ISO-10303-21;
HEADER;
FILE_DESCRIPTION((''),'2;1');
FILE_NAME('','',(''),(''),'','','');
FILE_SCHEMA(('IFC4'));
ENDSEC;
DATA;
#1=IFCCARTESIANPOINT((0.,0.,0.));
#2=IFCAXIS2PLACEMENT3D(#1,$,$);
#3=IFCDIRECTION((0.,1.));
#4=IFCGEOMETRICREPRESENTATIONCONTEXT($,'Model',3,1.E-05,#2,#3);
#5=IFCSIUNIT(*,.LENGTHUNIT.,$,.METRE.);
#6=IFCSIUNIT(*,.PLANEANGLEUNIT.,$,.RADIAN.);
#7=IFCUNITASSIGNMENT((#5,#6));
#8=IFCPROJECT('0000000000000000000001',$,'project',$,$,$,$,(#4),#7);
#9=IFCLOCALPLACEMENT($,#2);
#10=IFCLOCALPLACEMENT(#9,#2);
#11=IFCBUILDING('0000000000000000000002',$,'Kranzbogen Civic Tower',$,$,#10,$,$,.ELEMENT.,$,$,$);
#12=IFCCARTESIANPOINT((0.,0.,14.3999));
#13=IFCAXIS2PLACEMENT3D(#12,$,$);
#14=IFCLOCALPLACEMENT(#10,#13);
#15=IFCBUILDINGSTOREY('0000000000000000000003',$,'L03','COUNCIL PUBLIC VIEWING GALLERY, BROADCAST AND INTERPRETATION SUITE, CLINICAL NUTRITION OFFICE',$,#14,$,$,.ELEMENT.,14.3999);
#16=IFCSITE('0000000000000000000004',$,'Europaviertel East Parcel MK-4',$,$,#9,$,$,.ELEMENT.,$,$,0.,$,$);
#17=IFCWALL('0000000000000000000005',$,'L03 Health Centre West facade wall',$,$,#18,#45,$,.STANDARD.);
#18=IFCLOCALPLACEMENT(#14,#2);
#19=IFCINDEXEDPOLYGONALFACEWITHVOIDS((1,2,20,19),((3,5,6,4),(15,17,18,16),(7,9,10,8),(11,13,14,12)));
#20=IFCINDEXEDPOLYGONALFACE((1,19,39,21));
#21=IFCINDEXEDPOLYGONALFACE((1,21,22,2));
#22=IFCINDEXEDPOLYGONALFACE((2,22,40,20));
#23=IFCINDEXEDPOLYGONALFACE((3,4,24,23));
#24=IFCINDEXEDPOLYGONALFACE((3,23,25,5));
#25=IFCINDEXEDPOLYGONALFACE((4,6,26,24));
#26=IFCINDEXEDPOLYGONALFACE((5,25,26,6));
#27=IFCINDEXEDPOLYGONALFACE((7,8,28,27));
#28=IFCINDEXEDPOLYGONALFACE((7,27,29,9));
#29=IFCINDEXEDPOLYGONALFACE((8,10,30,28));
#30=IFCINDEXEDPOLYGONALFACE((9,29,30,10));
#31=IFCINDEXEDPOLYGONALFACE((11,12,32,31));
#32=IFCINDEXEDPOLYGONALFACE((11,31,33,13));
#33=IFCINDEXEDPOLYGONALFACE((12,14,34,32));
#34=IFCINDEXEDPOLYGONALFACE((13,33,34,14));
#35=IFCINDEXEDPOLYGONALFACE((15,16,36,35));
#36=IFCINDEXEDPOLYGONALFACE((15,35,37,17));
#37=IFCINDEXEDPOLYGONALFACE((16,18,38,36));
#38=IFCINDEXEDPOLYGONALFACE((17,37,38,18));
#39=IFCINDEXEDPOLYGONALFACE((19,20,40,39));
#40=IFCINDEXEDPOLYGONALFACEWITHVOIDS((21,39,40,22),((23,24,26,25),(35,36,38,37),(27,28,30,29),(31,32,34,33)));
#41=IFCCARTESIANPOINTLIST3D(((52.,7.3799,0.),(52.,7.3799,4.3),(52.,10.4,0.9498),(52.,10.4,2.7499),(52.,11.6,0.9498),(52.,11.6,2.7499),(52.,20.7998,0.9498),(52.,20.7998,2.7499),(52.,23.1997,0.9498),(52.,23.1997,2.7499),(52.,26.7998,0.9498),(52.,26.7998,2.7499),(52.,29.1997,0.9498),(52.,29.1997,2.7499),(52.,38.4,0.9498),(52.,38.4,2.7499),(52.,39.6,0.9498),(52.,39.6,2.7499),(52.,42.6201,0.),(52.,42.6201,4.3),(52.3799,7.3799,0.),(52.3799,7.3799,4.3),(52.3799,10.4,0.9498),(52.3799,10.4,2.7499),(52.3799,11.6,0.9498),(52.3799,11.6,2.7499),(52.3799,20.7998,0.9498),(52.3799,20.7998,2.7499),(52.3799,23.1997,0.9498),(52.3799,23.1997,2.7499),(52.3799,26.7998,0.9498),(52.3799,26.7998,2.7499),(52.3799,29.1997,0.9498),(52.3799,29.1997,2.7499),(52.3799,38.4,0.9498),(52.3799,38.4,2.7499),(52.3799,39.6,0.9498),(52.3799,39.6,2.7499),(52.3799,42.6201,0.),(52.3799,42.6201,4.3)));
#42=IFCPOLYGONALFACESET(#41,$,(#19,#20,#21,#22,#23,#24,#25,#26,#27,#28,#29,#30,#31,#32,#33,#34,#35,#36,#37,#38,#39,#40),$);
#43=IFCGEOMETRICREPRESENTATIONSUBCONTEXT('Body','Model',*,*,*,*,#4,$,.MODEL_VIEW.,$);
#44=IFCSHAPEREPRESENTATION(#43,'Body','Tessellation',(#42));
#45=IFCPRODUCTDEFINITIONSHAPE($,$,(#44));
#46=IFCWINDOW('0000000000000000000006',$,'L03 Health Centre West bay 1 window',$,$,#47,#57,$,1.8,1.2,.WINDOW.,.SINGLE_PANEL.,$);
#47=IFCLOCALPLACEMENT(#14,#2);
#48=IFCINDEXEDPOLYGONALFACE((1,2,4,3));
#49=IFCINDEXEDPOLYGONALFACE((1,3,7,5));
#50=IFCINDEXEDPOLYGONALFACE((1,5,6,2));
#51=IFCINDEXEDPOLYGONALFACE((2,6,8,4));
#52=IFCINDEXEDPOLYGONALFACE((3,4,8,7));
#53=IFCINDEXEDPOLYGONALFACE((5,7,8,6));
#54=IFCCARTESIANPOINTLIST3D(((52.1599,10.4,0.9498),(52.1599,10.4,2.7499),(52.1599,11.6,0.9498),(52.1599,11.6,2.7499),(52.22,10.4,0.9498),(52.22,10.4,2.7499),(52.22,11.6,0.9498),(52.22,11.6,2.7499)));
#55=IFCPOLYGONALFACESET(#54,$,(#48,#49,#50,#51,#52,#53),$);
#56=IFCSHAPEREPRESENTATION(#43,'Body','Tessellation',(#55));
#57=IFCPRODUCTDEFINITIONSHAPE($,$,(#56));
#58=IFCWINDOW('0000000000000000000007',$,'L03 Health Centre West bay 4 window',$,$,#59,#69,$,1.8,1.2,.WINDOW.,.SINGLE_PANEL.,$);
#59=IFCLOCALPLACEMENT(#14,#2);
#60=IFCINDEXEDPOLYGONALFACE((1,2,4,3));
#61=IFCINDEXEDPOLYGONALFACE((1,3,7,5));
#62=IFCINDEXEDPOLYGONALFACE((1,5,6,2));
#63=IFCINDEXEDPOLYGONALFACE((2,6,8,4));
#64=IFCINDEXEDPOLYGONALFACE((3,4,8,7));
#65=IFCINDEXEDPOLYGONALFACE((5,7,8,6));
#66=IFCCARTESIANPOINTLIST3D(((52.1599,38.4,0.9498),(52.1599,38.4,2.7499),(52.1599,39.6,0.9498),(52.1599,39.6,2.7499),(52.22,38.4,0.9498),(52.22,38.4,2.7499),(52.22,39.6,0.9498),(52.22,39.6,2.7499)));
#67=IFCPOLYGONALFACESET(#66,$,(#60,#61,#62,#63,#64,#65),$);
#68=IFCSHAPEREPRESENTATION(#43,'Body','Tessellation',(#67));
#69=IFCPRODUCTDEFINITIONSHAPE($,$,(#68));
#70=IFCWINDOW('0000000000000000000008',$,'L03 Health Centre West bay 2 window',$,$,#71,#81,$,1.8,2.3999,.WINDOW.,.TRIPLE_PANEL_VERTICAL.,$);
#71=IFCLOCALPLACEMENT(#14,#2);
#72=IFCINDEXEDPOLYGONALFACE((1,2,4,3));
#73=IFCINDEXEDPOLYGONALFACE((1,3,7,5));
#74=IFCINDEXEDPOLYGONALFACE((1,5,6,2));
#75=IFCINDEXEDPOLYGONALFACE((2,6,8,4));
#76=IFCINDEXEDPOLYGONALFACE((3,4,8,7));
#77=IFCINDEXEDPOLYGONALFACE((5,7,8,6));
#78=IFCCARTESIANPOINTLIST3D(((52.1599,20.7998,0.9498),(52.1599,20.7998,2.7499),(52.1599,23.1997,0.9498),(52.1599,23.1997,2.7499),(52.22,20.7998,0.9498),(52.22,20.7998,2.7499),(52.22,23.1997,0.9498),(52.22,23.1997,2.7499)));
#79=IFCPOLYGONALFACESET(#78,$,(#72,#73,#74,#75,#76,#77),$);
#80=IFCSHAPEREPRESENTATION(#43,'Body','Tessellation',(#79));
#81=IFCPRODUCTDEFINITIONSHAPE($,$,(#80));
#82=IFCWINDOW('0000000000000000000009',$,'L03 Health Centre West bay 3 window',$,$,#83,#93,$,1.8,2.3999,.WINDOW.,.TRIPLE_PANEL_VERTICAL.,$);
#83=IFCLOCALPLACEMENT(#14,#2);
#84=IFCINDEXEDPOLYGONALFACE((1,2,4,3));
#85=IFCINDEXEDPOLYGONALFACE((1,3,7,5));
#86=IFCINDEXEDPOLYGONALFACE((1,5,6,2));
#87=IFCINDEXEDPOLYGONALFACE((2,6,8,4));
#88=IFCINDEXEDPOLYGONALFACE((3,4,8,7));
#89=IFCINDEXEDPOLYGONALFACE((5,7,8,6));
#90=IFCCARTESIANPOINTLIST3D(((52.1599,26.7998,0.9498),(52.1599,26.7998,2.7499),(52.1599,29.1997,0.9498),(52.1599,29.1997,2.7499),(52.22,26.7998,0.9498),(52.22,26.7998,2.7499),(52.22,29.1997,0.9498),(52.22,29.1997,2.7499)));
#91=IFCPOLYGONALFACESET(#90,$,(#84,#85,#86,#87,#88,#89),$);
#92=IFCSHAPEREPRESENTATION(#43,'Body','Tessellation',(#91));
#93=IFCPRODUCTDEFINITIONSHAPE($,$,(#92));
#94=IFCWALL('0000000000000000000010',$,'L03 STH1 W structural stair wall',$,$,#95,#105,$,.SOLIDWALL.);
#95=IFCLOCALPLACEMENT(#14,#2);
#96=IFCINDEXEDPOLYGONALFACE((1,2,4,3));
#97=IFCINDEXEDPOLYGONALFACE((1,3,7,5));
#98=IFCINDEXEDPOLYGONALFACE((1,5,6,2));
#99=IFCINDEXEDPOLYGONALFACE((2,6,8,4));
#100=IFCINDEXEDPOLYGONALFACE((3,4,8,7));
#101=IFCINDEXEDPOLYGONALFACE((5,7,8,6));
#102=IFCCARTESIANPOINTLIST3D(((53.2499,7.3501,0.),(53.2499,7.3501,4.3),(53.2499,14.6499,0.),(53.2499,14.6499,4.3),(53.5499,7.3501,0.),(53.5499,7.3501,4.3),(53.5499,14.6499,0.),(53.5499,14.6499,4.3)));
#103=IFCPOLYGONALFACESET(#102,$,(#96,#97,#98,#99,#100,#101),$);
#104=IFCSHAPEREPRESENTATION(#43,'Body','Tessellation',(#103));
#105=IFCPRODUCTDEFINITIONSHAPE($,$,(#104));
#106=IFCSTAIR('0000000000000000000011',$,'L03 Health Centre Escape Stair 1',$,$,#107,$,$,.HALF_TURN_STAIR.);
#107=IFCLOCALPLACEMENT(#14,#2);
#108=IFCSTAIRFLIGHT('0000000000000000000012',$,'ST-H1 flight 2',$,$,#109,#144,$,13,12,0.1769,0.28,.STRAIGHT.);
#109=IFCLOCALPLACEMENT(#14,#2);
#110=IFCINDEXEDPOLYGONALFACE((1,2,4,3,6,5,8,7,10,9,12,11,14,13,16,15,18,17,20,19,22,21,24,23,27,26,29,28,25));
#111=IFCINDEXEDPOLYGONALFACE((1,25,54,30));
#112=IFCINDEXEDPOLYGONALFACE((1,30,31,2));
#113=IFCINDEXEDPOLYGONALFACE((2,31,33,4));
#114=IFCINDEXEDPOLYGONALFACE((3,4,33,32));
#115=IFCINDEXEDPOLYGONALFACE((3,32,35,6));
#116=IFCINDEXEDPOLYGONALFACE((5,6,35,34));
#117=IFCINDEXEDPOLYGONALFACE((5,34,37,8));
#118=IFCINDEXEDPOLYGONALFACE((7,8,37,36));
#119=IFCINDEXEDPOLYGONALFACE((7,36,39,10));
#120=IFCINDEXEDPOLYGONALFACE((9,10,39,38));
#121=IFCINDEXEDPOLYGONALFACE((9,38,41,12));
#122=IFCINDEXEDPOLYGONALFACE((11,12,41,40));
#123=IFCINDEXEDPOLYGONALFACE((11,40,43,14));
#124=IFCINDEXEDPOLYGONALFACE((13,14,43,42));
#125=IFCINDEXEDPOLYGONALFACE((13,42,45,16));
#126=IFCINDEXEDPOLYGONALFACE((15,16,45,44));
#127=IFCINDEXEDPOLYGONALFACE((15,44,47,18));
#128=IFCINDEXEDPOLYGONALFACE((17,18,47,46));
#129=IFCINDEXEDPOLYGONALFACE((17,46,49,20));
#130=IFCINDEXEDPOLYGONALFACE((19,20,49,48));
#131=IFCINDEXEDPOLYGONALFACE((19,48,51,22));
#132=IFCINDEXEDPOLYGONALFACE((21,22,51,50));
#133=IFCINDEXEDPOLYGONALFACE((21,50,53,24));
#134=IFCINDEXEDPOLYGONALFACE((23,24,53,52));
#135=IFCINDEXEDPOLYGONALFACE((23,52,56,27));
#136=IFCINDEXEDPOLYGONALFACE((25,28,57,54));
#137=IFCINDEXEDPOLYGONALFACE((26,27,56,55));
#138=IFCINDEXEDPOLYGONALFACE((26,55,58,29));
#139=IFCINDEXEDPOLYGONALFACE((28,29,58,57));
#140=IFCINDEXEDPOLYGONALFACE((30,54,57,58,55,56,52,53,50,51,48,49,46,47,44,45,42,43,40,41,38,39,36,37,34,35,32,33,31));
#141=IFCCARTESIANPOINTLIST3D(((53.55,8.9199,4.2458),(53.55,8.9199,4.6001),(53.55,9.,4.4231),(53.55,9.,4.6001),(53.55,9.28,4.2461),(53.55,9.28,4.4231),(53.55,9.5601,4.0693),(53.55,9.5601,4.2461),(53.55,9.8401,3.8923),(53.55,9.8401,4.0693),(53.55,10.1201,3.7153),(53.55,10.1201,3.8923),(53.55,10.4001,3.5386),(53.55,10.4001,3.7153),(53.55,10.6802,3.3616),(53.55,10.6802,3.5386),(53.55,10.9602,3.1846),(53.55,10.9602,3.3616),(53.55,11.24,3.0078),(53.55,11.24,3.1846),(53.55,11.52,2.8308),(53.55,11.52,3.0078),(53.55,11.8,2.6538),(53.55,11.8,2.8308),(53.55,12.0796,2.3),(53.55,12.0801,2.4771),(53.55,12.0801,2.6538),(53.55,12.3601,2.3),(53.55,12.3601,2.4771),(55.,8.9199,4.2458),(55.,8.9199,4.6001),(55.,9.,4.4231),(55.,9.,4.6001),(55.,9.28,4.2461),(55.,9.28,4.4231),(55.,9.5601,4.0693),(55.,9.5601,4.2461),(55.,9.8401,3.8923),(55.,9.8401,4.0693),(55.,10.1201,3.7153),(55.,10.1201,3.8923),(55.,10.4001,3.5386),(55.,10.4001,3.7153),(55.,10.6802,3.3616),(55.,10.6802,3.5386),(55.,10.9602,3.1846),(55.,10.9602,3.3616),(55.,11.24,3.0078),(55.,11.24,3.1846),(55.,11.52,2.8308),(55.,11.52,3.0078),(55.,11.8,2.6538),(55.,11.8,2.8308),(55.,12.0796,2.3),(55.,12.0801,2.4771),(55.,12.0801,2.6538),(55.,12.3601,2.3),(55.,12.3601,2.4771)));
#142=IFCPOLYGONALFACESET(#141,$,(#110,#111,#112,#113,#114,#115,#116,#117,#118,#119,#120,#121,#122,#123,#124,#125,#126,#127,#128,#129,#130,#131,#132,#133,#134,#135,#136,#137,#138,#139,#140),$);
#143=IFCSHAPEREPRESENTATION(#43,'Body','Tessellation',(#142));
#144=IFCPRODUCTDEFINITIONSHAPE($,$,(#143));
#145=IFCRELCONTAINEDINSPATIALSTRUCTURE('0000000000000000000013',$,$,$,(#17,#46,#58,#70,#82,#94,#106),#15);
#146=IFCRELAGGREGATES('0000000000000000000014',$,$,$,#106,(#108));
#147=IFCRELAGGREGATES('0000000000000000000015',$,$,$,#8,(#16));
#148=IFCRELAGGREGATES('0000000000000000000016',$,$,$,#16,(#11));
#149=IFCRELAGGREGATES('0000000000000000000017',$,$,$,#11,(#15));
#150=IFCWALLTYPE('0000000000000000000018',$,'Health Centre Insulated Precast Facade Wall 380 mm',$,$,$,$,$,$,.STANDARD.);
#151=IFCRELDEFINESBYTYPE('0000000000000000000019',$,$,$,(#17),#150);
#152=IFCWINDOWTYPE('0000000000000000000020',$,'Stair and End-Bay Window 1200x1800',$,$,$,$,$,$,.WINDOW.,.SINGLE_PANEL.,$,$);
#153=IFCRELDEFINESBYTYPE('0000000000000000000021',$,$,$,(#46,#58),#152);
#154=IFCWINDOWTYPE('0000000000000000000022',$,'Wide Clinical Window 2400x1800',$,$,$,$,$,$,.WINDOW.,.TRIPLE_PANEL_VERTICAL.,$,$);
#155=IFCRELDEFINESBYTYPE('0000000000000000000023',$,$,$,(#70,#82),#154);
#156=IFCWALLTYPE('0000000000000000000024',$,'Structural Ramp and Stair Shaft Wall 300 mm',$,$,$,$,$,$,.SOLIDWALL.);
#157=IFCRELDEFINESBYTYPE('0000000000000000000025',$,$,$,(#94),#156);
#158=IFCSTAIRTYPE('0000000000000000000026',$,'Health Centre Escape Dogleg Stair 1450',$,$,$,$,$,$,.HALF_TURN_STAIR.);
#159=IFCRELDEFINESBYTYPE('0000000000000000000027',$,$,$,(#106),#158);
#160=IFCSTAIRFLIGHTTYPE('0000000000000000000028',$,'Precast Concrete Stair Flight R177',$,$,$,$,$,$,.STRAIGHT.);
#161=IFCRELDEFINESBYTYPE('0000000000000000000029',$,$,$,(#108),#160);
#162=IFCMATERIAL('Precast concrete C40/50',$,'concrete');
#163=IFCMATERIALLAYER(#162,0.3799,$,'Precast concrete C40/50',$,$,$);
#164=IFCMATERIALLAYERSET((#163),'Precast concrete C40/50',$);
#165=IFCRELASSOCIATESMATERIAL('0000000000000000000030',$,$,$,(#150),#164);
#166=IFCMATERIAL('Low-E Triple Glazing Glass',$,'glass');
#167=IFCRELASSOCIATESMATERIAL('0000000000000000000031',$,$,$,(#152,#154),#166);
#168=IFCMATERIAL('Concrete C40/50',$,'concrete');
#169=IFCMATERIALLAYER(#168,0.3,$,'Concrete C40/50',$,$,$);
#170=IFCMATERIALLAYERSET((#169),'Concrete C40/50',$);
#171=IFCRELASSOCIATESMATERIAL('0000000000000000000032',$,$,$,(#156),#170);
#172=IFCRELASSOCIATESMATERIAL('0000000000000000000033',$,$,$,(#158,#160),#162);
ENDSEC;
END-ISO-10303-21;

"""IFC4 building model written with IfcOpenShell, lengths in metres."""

from ifc_helpers import new_model, si_unit, direction, frame, frame_2d, origin, place, context, subcontext, project, spatial, polyline, rectangle, outline, extrude, material, layer, layer_set, type_object, element, fill, aggregate, save


model = new_model("IFC4")

# Units and contexts
model_context = context("Model", 3, precision=1e-05, world=origin(), true_north=direction((0.0, 1.0)))
body_context = subcontext(model_context, "Body", "Model", "MODEL_VIEW")
ifc_project = project(units=[si_unit("LENGTHUNIT", "METRE"), si_unit("PLANEANGLEUNIT", "RADIAN")], contexts=[model_context])

# Site, building, storey
site_placement = place(None, origin())
site = spatial("IfcSite", under=ifc_project, at=site_placement, Name="Europaviertel East Parcel MK-4", CompositionType="ELEMENT", RefElevation=0.0)
building_placement = place(site_placement, origin())
building = spatial("IfcBuilding", under=site, at=building_placement, Name="Kranzbogen Civic Tower", CompositionType="ELEMENT")
storey_placement = place(building_placement, frame((0.0, 0.0, 14.3999)))
storey = spatial("IfcBuildingStorey", under=building, at=storey_placement, Name="L03", Description="COUNCIL PUBLIC VIEWING GALLERY, BROADCAST AND INTERPRETATION SUITE, CLINICAL NUTRITION OFFICE", CompositionType="ELEMENT", Elevation=14.3999)

# Shared definitions
ifc_material_1 = material(Name="Concrete C40/50", Category="concrete")

# Shared definitions
ifc_material_2 = material(Name="Low-E Triple Glazing Glass", Category="glass")

# Wall, openings, windows
ifc_material_3 = material(Name="Precast concrete C40/50", Category="concrete")
ifc_layer_1 = layer(ifc_material_3, 0.3799, Name="Precast concrete C40/50")
ifc_layer_set_1 = layer_set([ifc_layer_1], Name="Precast concrete C40/50")
wall_type_1 = type_object("IfcWallType", Name="Health Centre Insulated Precast Facade Wall 380 mm", PredefinedType="STANDARD", material=ifc_layer_set_1)
wall_1_placement = place(storey_placement, frame((52.1899, 7.3799, 0.0), z_axis=(0.0, 0.0, 1.0), x_axis=(0.0, 1.0, 0.0)))
wall_1 = element("IfcWall", 1, at=wall_1_placement, inside=storey, type_object=wall_type_1, Name="L03 Health Centre West facade wall", PredefinedType="STANDARD", context=body_context, shape_type="SweptSolid", body=[
    extrude(rectangle(XDim=35.2402, YDim=0.3799, at=frame_2d((17.6201, 0.0))), origin(), (0.0, 0.0, 1.0), 4.3),
])
opening_1_placement = place(wall_1_placement, frame((3.02, 0.0, 0.95)))
opening_1 = element("IfcOpeningElement", 2, at=opening_1_placement, cuts=wall_1, PredefinedType="OPENING", context=body_context, shape_type="SweptSolid", body=[
    extrude(rectangle(XDim=1.2, YDim=1.8, at=frame_2d((0.6001, 0.8999))), frame((0.0, 0.2, 0.0), z_axis=(0.0, -1.0, 0.0), x_axis=(1.0, 0.0, 0.0)), (0.0, 0.0, 1.0), 0.3999),
])
opening_2_placement = place(wall_1_placement, frame((13.4199, 0.0, 0.95)))
opening_2 = element("IfcOpeningElement", 3, at=opening_2_placement, cuts=wall_1, PredefinedType="OPENING", context=body_context, shape_type="SweptSolid", body=[
    extrude(rectangle(XDim=2.3999, YDim=1.8, at=frame_2d((1.2, 0.8999))), frame((0.0, 0.2, 0.0), z_axis=(0.0, -1.0, 0.0), x_axis=(1.0, 0.0, 0.0)), (0.0, 0.0, 1.0), 0.3999),
])
opening_3_placement = place(wall_1_placement, frame((19.4199, 0.0, 0.95)))
opening_3 = element("IfcOpeningElement", 4, at=opening_3_placement, cuts=wall_1, PredefinedType="OPENING", context=body_context, shape_type="SweptSolid", body=[
    extrude(rectangle(XDim=2.3999, YDim=1.8, at=frame_2d((1.2, 0.8999))), frame((0.0, 0.2, 0.0), z_axis=(0.0, -1.0, 0.0), x_axis=(1.0, 0.0, 0.0)), (0.0, 0.0, 1.0), 0.3999),
])
opening_4_placement = place(wall_1_placement, frame((31.02, 0.0, 0.95)))
opening_4 = element("IfcOpeningElement", 5, at=opening_4_placement, cuts=wall_1, PredefinedType="OPENING", context=body_context, shape_type="SweptSolid", body=[
    extrude(rectangle(XDim=1.2, YDim=1.8, at=frame_2d((0.6001, 0.8999))), frame((0.0, 0.2, 0.0), z_axis=(0.0, -1.0, 0.0), x_axis=(1.0, 0.0, 0.0)), (0.0, 0.0, 1.0), 0.3999),
])
window_type_1 = type_object("IfcWindowType", Name="Stair and End-Bay Window 1200x1800", PartitioningType="SINGLE_PANEL", PredefinedType="WINDOW", material=ifc_material_2)
window_1_placement = place(opening_1_placement, origin())
window_1 = element("IfcWindow", 6, at=window_1_placement, inside=storey, type_object=window_type_1, Name="L03 Health Centre West bay 1 window", OverallHeight=1.8, OverallWidth=1.2, PartitioningType="SINGLE_PANEL", PredefinedType="WINDOW", context=body_context, shape_type="SweptSolid", body=[
    extrude(rectangle(XDim=1.2, YDim=1.8, at=frame_2d((0.6001, 0.8999))), frame((0.0, 0.03, 0.0), z_axis=(0.0, -1.0, 0.0), x_axis=(1.0, 0.0, 0.0)), (0.0, 0.0, 1.0), 0.0601),
])
fill(opening_1, window_1)
window_2_placement = place(opening_4_placement, origin())
window_2 = element("IfcWindow", 7, at=window_2_placement, inside=storey, type_object=window_type_1, Name="L03 Health Centre West bay 4 window", OverallHeight=1.8, OverallWidth=1.2, PartitioningType="SINGLE_PANEL", PredefinedType="WINDOW", context=body_context, shape_type="SweptSolid", body=[
    extrude(rectangle(XDim=1.2, YDim=1.8, at=frame_2d((0.6001, 0.8999))), frame((0.0, 0.03, 0.0), z_axis=(0.0, -1.0, 0.0), x_axis=(1.0, 0.0, 0.0)), (0.0, 0.0, 1.0), 0.0601),
])
fill(opening_4, window_2)
window_type_2 = type_object("IfcWindowType", Name="Wide Clinical Window 2400x1800", PartitioningType="TRIPLE_PANEL_VERTICAL", PredefinedType="WINDOW", material=ifc_material_2)
window_3_placement = place(opening_2_placement, origin())
window_3 = element("IfcWindow", 8, at=window_3_placement, inside=storey, type_object=window_type_2, Name="L03 Health Centre West bay 2 window", OverallHeight=1.8, OverallWidth=2.3999, PartitioningType="TRIPLE_PANEL_VERTICAL", PredefinedType="WINDOW", context=body_context, shape_type="SweptSolid", body=[
    extrude(rectangle(XDim=2.3999, YDim=1.8, at=frame_2d((1.2, 0.8999))), frame((0.0, 0.03, 0.0), z_axis=(0.0, -1.0, 0.0), x_axis=(1.0, 0.0, 0.0)), (0.0, 0.0, 1.0), 0.0601),
])
fill(opening_2, window_3)
window_4_placement = place(opening_3_placement, origin())
window_4 = element("IfcWindow", 9, at=window_4_placement, inside=storey, type_object=window_type_2, Name="L03 Health Centre West bay 3 window", OverallHeight=1.8, OverallWidth=2.3999, PartitioningType="TRIPLE_PANEL_VERTICAL", PredefinedType="WINDOW", context=body_context, shape_type="SweptSolid", body=[
    extrude(rectangle(XDim=2.3999, YDim=1.8, at=frame_2d((1.2, 0.8999))), frame((0.0, 0.03, 0.0), z_axis=(0.0, -1.0, 0.0), x_axis=(1.0, 0.0, 0.0)), (0.0, 0.0, 1.0), 0.0601),
])
fill(opening_3, window_4)

# Wall
ifc_layer_2 = layer(ifc_material_1, 0.3, Name="Concrete C40/50")
ifc_layer_set_2 = layer_set([ifc_layer_2], Name="Concrete C40/50")
wall_type_2 = type_object("IfcWallType", Name="Structural Ramp and Stair Shaft Wall 300 mm", PredefinedType="SOLIDWALL", material=ifc_layer_set_2)
wall_2_placement = place(storey_placement, frame((53.3999, 7.3501, 0.0), z_axis=(0.0, 0.0, 1.0), x_axis=(0.0, 1.0, 0.0)))
element("IfcWall", 10, at=wall_2_placement, inside=storey, type_object=wall_type_2, Name="L03 STH1 W structural stair wall", PredefinedType="SOLIDWALL", context=body_context, shape_type="SweptSolid", body=[
    extrude(rectangle(XDim=7.2998, YDim=0.3, at=frame_2d((3.6499, 0.0))), origin(), (0.0, 0.0, 1.0), 4.3),
])

# Stair, stair flight
stair_type = type_object("IfcStairType", Name="Health Centre Escape Dogleg Stair 1450", PredefinedType="HALF_TURN_STAIR", material=ifc_material_3)
stair_placement = place(storey_placement, origin())
stair = element("IfcStair", 11, at=stair_placement, inside=storey, type_object=stair_type, Name="L03 Health Centre Escape Stair 1", PredefinedType="HALF_TURN_STAIR")
stair_flight_type = type_object("IfcStairFlightType", Name="Precast Concrete Stair Flight R177", PredefinedType="STRAIGHT", material=ifc_material_3)
stair_flight_placement = place(storey_placement, frame((54.2749, 12.3601, 2.3), z_axis=(0.0, 0.0, 1.0), x_axis=(0.0, -1.0, 0.0)))
stair_flight = element("IfcStairFlight", 12, at=stair_flight_placement, type_object=stair_flight_type, Name="ST-H1 flight 2", NumberOfRisers=13, NumberOfTreads=12, PredefinedType="STRAIGHT", RiserHeight=0.1769, TreadLength=0.28, context=body_context, shape_type="SweptSolid", body=[
    extrude(outline(polyline([(0.0, 0.0), (0.0, 0.177), (0.28, 0.177), (0.28, 0.3538), (0.5601, 0.3538), (0.5601, 0.5308), (0.8401, 0.5308), (0.8401, 0.7078), (1.1201, 0.7078), (1.1201, 0.8845), (1.3999, 0.8845), (1.3999, 1.0615), (1.6799, 1.0615), (1.6799, 1.2385), (1.96, 1.2385), (1.96, 1.4153), (2.24, 1.4153), (2.24, 1.5923), (2.52, 1.5923), (2.52, 1.7693), (2.8, 1.7693), (2.8, 1.946), (3.0801, 1.946), (3.0801, 2.123), (3.3601, 2.123), (3.3601, 2.3), (3.4402, 2.3), (3.4402, 1.9458), (0.2805, 0.0), (0.0, 0.0)])), frame((0.0, 0.7251, 0.0), z_axis=(0.0, -1.0, 0.0), x_axis=(1.0, 0.0, 0.0)), (0.0, 0.0, 1.0), 1.45),
])
aggregate(stair, [stair_flight])

save(model, "model.ifc")
